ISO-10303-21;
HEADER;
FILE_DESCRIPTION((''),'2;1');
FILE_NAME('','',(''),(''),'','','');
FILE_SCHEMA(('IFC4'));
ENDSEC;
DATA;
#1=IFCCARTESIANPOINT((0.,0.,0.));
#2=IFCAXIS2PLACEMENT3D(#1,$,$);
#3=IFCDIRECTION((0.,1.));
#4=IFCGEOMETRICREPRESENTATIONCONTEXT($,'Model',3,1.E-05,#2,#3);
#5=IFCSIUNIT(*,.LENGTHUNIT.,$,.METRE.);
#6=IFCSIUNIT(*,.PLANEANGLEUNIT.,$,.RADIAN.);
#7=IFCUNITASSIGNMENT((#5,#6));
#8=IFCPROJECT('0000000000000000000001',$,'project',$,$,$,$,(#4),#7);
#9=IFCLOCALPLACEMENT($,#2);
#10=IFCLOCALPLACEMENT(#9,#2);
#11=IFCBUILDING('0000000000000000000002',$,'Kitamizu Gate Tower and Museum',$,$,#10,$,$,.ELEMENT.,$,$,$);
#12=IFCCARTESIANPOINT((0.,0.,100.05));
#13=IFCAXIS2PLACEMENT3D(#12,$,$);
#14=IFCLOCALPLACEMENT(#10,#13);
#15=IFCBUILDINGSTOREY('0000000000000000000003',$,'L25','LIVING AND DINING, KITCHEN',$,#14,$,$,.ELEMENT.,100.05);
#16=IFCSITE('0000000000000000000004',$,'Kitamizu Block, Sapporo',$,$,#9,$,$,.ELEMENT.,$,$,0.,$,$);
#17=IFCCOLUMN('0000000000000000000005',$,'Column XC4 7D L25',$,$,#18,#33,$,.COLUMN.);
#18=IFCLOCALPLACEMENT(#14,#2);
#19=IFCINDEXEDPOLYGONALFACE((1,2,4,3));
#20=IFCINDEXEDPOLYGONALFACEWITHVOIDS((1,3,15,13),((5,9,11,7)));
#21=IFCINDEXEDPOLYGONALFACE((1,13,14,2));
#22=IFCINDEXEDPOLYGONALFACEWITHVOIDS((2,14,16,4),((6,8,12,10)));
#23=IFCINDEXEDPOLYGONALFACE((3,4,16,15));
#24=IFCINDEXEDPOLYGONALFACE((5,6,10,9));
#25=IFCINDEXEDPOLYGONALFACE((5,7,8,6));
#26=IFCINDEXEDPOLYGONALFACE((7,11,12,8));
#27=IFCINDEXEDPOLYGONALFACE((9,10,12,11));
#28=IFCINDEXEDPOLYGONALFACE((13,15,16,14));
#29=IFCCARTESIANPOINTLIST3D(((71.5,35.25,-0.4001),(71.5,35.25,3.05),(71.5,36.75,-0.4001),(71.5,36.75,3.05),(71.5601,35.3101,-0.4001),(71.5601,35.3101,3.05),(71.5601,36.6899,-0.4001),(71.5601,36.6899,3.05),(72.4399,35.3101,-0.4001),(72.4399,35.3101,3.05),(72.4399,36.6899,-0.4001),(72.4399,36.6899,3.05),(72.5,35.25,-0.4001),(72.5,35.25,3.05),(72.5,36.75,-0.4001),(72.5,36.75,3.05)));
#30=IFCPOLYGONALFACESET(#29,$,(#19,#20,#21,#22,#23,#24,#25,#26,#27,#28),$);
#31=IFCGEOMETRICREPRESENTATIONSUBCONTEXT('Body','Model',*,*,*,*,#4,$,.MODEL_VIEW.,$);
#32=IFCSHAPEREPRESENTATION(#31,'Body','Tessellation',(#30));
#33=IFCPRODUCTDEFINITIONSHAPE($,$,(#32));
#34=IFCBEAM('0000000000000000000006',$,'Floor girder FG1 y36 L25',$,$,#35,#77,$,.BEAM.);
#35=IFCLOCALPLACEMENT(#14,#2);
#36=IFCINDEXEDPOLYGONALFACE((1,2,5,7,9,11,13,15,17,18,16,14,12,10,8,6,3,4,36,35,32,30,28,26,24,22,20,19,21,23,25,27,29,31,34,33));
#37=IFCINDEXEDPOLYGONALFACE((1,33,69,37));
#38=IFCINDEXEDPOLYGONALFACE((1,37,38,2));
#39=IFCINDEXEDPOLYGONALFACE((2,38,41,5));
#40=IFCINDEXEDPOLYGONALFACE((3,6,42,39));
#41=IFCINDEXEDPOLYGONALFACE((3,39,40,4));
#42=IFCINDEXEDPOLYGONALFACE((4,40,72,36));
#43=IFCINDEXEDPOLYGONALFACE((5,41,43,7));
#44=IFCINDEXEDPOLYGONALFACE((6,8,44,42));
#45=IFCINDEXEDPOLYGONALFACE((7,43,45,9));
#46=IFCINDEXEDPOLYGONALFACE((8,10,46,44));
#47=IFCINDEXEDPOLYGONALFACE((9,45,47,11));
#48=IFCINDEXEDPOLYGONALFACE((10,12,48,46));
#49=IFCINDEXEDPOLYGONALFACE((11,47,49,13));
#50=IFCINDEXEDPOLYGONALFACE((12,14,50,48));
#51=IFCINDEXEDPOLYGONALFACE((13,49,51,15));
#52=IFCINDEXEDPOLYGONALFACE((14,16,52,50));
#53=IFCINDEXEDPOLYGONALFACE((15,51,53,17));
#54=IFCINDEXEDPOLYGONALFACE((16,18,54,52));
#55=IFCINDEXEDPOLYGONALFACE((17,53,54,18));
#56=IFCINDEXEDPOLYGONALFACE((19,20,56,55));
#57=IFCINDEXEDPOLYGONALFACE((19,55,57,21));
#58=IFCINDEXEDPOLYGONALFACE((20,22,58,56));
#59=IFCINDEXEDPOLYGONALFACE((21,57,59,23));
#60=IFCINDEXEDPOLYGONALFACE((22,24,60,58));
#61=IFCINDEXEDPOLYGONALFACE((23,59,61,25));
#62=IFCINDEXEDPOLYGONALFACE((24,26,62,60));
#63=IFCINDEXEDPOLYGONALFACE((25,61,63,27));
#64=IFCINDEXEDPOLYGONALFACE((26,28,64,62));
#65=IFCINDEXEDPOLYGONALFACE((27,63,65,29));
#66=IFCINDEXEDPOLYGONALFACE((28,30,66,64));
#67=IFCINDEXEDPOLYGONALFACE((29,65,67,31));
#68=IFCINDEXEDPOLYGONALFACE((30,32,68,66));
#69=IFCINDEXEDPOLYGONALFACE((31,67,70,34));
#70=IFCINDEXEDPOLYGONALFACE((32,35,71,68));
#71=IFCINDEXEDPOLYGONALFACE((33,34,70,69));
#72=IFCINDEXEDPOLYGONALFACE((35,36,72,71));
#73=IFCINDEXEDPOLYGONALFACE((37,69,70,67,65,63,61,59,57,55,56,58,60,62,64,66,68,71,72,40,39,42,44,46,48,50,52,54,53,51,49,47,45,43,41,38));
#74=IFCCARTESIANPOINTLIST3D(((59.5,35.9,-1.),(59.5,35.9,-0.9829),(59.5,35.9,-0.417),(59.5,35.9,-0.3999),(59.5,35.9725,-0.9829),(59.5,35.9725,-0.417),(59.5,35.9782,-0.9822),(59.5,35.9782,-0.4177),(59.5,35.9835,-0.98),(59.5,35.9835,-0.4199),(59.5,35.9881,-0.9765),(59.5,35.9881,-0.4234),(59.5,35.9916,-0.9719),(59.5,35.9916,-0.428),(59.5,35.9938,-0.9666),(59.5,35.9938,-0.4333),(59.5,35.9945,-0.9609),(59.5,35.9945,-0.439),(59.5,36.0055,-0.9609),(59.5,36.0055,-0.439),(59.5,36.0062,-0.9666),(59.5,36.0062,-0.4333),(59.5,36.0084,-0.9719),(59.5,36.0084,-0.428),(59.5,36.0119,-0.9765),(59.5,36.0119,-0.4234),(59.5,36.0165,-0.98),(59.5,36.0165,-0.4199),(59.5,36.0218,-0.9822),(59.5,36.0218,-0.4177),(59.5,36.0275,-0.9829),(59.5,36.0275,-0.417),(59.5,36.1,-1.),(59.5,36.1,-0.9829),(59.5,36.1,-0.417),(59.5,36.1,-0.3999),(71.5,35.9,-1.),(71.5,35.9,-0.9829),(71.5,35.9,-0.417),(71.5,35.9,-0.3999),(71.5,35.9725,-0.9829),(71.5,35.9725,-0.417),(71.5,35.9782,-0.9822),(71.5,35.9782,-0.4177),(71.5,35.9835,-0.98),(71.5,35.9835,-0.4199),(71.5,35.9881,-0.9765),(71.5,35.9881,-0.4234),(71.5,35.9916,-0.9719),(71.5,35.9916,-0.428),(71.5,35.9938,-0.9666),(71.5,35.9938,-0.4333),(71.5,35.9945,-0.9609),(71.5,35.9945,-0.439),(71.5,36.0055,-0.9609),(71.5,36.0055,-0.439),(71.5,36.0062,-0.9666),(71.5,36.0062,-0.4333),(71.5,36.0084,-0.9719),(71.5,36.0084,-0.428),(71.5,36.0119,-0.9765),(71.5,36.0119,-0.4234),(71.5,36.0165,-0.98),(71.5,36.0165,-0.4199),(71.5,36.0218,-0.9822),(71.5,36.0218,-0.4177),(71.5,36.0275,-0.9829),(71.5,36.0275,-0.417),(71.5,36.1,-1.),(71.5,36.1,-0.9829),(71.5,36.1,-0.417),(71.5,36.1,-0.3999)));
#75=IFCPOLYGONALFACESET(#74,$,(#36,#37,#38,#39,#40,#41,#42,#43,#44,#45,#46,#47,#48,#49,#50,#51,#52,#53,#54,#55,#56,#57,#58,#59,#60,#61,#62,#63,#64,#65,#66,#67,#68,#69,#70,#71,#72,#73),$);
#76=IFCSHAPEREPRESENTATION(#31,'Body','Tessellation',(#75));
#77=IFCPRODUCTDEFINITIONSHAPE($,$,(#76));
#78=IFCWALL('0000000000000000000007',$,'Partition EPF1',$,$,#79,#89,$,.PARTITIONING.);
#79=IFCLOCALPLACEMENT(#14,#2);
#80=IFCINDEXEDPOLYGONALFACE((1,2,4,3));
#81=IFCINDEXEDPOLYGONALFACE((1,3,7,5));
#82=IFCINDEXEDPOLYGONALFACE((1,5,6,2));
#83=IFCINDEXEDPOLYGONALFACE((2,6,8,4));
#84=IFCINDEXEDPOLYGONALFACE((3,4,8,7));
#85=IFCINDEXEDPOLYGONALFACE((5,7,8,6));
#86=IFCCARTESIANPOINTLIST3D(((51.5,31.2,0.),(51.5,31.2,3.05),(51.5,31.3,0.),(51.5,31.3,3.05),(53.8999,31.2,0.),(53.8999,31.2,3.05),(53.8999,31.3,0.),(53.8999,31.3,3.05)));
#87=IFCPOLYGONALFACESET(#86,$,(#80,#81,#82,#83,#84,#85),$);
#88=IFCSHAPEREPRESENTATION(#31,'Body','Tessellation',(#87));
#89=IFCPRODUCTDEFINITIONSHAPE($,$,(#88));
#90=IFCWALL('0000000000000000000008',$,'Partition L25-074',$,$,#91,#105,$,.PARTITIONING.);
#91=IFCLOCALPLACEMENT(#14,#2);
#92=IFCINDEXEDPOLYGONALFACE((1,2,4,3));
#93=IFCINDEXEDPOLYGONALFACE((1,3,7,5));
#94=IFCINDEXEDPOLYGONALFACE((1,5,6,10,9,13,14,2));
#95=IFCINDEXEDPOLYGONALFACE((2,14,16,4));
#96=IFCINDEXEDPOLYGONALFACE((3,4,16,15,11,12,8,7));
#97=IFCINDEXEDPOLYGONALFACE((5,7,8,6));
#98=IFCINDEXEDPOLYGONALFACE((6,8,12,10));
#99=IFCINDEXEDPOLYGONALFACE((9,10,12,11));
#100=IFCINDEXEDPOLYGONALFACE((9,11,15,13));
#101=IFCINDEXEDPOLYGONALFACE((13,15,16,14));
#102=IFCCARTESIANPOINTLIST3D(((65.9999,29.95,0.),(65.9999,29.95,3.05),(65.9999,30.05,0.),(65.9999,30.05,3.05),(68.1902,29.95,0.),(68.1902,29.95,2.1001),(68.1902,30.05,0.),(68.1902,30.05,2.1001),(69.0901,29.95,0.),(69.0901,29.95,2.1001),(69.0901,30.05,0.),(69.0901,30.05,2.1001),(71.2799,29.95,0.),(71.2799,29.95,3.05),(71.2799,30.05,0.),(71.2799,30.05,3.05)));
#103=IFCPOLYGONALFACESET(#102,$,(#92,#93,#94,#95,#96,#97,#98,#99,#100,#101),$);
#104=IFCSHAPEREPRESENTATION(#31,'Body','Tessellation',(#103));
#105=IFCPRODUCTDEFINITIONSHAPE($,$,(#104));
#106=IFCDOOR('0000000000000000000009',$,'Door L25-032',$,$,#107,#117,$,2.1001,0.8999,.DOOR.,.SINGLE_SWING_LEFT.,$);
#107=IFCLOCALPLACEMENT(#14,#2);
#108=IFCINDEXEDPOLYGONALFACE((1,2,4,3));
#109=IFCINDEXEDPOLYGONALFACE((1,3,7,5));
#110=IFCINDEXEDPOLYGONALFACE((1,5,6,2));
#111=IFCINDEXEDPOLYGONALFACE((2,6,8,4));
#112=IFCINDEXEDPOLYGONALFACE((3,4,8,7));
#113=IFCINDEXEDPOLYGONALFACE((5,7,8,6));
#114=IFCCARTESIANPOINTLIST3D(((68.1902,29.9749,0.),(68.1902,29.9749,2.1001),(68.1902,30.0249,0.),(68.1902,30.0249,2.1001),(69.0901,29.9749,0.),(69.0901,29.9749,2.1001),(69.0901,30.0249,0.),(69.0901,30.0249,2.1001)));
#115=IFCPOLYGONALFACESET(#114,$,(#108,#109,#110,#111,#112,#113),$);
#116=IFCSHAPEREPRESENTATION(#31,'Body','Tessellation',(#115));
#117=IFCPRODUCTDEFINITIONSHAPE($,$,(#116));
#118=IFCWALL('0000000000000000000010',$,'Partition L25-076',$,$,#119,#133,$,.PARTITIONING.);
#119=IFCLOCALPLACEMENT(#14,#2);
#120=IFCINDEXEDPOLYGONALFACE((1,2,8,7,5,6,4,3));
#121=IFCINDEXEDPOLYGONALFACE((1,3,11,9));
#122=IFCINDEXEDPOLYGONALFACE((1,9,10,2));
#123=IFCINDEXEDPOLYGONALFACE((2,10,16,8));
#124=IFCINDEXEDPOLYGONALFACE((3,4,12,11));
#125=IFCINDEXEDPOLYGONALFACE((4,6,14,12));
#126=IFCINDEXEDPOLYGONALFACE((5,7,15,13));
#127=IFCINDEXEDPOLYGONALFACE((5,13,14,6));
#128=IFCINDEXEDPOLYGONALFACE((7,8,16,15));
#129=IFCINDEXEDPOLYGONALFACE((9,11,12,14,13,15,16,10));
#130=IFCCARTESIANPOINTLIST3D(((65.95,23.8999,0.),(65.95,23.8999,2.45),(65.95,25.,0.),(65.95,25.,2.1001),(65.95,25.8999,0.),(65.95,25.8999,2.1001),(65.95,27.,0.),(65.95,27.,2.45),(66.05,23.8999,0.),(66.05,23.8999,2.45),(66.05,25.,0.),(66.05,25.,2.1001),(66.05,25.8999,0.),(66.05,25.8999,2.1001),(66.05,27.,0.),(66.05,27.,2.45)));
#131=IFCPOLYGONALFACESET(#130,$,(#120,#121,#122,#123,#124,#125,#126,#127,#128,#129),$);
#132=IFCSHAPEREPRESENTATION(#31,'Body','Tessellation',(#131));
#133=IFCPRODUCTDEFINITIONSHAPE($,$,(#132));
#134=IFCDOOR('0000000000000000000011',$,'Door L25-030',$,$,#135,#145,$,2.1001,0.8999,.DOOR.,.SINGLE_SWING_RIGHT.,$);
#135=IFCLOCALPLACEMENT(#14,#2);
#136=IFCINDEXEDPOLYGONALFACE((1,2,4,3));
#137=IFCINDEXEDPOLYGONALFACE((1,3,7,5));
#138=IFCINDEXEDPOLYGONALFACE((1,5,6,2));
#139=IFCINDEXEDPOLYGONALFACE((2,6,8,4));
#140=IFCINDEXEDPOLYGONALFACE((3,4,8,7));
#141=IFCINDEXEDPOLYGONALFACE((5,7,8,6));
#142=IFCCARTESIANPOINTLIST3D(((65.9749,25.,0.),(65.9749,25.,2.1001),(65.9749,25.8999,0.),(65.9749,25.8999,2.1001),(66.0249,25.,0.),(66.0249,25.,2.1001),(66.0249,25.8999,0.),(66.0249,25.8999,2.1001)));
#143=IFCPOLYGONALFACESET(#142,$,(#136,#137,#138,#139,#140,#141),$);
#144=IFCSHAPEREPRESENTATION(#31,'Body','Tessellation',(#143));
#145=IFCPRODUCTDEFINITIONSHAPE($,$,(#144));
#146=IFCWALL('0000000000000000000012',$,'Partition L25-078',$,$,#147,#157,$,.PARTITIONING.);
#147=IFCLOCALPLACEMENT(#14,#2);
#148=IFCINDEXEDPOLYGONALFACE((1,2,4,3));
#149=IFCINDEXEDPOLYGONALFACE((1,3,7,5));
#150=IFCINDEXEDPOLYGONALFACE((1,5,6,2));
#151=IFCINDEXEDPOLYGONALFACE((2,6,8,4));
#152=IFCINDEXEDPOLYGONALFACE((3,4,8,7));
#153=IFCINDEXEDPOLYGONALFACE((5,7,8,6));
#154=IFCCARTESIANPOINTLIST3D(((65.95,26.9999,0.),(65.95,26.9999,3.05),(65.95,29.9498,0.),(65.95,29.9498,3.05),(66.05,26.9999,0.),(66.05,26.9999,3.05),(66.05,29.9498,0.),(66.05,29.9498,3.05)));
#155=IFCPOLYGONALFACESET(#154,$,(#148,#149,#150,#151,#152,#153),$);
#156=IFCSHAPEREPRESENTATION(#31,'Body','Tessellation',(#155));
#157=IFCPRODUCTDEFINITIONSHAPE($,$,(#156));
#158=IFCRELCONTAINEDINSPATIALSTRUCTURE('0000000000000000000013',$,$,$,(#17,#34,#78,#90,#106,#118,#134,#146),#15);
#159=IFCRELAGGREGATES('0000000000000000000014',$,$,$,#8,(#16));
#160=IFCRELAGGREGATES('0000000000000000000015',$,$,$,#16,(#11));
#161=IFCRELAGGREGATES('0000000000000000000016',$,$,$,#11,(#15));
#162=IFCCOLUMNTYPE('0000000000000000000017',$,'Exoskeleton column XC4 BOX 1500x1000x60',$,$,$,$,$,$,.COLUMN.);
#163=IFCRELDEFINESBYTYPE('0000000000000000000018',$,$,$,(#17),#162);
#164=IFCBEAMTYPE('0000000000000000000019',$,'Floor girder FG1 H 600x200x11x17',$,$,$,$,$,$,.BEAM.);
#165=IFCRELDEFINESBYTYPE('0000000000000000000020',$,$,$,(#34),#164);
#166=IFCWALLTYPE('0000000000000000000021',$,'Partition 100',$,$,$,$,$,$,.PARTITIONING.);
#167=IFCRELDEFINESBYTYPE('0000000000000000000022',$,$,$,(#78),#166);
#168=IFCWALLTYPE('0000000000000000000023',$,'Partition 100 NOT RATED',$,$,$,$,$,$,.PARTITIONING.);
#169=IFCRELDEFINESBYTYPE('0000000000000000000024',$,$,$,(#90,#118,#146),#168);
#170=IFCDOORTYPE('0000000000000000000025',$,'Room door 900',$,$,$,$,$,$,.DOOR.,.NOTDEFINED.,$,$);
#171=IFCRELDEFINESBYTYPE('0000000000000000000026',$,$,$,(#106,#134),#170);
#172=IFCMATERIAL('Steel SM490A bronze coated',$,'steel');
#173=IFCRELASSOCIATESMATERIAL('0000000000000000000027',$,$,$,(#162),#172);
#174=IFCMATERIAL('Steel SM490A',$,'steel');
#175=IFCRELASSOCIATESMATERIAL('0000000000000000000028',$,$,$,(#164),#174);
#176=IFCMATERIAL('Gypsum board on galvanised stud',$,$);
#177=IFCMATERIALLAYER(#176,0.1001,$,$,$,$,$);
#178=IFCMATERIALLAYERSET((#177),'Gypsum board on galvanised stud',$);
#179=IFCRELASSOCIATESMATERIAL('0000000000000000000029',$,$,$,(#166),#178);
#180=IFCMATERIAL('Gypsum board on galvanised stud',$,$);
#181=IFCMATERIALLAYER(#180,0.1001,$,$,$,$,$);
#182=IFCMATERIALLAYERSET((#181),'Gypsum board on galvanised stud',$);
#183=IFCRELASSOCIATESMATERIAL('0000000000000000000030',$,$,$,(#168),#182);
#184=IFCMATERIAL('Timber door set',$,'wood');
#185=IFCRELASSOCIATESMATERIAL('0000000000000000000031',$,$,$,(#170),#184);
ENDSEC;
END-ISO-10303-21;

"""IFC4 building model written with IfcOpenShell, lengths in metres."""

from ifc_helpers import new_model, si_unit, direction, frame, frame_2d, origin, origin_2d, place, context, subcontext, project, spatial, rectangle, hollow_rectangle, i_section, extrude, material, layer, layer_set, material_profile, profile_set, type_object, element, fill, save


model = new_model("IFC4")

# Units and contexts
model_context = context("Model", 3, precision=1e-05, world=origin(), true_north=direction((0.0, 1.0)))
body_context = subcontext(model_context, "Body", "Model", "MODEL_VIEW")
ifc_project = project(units=[si_unit("LENGTHUNIT", "METRE"), si_unit("PLANEANGLEUNIT", "RADIAN")], contexts=[model_context])

# Site, building, storey
site_placement = place(None, origin())
site = spatial("IfcSite", under=ifc_project, at=site_placement, Name="Kitamizu Block, Sapporo", CompositionType="ELEMENT", RefElevation=0.0)
building_placement = place(site_placement, origin())
building = spatial("IfcBuilding", under=site, at=building_placement, Name="Kitamizu Gate Tower and Museum", CompositionType="ELEMENT")
storey_placement = place(building_placement, frame((0.0, 0.0, 100.05)))
storey = spatial("IfcBuildingStorey", under=building, at=storey_placement, Name="L25", Description="LIVING AND DINING, KITCHEN", CompositionType="ELEMENT", Elevation=100.05)

# Column
ifc_material_1 = material(Name="Steel SM490A bronze coated", Category="steel")
ifc_material_profile_1 = material_profile(ifc_material_1, hollow_rectangle(XDim=1.5, YDim=1.0, WallThickness=0.0601, at=origin_2d()), Name="BOX 1500x1000x60")
ifc_profile_set_1 = profile_set([ifc_material_profile_1], Name="Steel SM490A bronze coated")
column_type = type_object("IfcColumnType", Name="Exoskeleton column XC4 BOX 1500x1000x60", PredefinedType="COLUMN", material=ifc_profile_set_1)
column_placement = place(storey_placement, frame((72.0, 36.0, -0.4001), z_axis=(0.0, 0.0, 1.0), x_axis=(0.0, 1.0, 0.0)))
element("IfcColumn", 1, at=column_placement, inside=storey, type_object=column_type, Name="Column XC4 7D L25", PredefinedType="COLUMN", context=body_context, shape_type="SweptSolid", body=[
    extrude(hollow_rectangle(XDim=1.5, YDim=1.0, WallThickness=0.0601, at=origin_2d()), origin(), (0.0, 0.0, 1.0), 3.4502),
])

# Beam
ifc_material_2 = material(Name="Steel SM490A", Category="steel")
ifc_material_profile_2 = material_profile(ifc_material_2, i_section(OverallWidth=0.2, OverallDepth=0.6001, WebThickness=0.011, FlangeThickness=0.0171, FilletRadius=0.022, at=origin_2d()), Name="H-600x200x11x17")
ifc_profile_set_2 = profile_set([ifc_material_profile_2], Name="Steel SM490A")
beam_type = type_object("IfcBeamType", Name="Floor girder FG1 H 600x200x11x17", PredefinedType="BEAM", material=ifc_profile_set_2)
beam_placement = place(storey_placement, frame((59.5, 36.0, -0.7), z_axis=(1.0, 0.0, 0.0), x_axis=(0.0, 1.0, 0.0)))
element("IfcBeam", 2, at=beam_placement, inside=storey, type_object=beam_type, Name="Floor girder FG1 y36 L25", PredefinedType="BEAM", context=body_context, shape_type="SweptSolid", body=[
    extrude(i_section(OverallWidth=0.2, OverallDepth=0.6001, WebThickness=0.011, FlangeThickness=0.0171, FilletRadius=0.022, at=origin_2d()), origin(), (0.0, 0.0, 1.0), 12.0),
])

# Wall
ifc_material_3 = material(Name="Gypsum board on galvanised stud")
ifc_layer_1 = layer(ifc_material_3, 0.1001)
ifc_layer_set_1 = layer_set([ifc_layer_1], Name="Gypsum board on galvanised stud")
wall_type_1 = type_object("IfcWallType", Name="Partition 100", PredefinedType="PARTITIONING", material=ifc_layer_set_1)
wall_1_placement = place(storey_placement, frame((53.8999, 31.25, 0.0), z_axis=(0.0, 0.0, 1.0), x_axis=(-1.0, 0.0, 0.0)))
element("IfcWall", 3, at=wall_1_placement, inside=storey, type_object=wall_type_1, Name="Partition EPF1", PredefinedType="PARTITIONING", context=body_context, shape_type="SweptSolid", body=[
    extrude(rectangle(XDim=2.3999, YDim=0.1001, at=frame_2d((1.2, 0.0))), origin(), (0.0, 0.0, 1.0), 3.05),
])

# Walls, openings, doors
ifc_material_4 = material(Name="Gypsum board on galvanised stud")
ifc_layer_2 = layer(ifc_material_4, 0.1001)
ifc_layer_set_2 = layer_set([ifc_layer_2], Name="Gypsum board on galvanised stud")
wall_type_2 = type_object("IfcWallType", Name="Partition 100 NOT RATED", PredefinedType="PARTITIONING", material=ifc_layer_set_2)
wall_2_placement = place(storey_placement, frame((71.28, 30.0, 0.0), z_axis=(0.0, 0.0, 1.0), x_axis=(-1.0, 0.0, 0.0)))
wall_2 = element("IfcWall", 4, at=wall_2_placement, inside=storey, type_object=wall_type_2, Name="Partition L25-074", PredefinedType="PARTITIONING", context=body_context, shape_type="SweptSolid", body=[
    extrude(rectangle(XDim=5.28, YDim=0.1001, at=frame_2d((2.6401, 0.0))), origin(), (0.0, 0.0, 1.0), 3.05),
])
opening_1_placement = place(wall_2_placement, frame((2.1899, 0.0, 0.0)))
opening_1 = element("IfcOpeningElement", 5, at=opening_1_placement, cuts=wall_2, PredefinedType="OPENING", context=body_context, shape_type="SweptSolid", body=[
    extrude(rectangle(XDim=0.8999, YDim=2.1001, at=frame_2d((0.45, 1.05))), frame((0.0, 0.0601, 0.0), z_axis=(0.0, -1.0, 0.0), x_axis=(1.0, 0.0, 0.0)), (0.0, 0.0, 1.0), 0.1201),
])
ifc_material_5 = material(Name="Timber door set", Category="wood")
door_type_1 = type_object("IfcDoorType", Name="Room door 900", OperationType="NOTDEFINED", PredefinedType="DOOR", material=ifc_material_5)
door_1_placement = place(opening_1_placement, frame((0.8999, 0.0, 0.0), x_axis=(-1.0, 0.0, 0.0)))
door_1 = element("IfcDoor", 6, at=door_1_placement, inside=storey, type_object=door_type_1, Name="Door L25-032", OperationType="SINGLE_SWING_LEFT", OverallHeight=2.1001, OverallWidth=0.8999, PredefinedType="DOOR", context=body_context, shape_type="SweptSolid", body=[
    extrude(rectangle(XDim=0.8999, YDim=2.1001, at=frame_2d((0.45, 1.05))), frame((0.0, 0.0249, 0.0), z_axis=(0.0, -1.0, 0.0), x_axis=(1.0, 0.0, 0.0)), (0.0, 0.0, 1.0), 0.05),
])
fill(opening_1, door_1)
wall_3_placement = place(storey_placement, frame((66.0, 27.0, 0.0), z_axis=(0.0, 0.0, 1.0), x_axis=(0.0, -1.0, 0.0)))
wall_3 = element("IfcWall", 7, at=wall_3_placement, inside=storey, type_object=wall_type_2, Name="Partition L25-076", PredefinedType="PARTITIONING", context=body_context, shape_type="SweptSolid", body=[
    extrude(rectangle(XDim=3.1001, YDim=0.1001, at=frame_2d((1.55, 0.0))), origin(), (0.0, 0.0, 1.0), 2.45),
])
opening_2_placement = place(wall_3_placement, frame((1.1001, 0.0, 0.0)))
opening_2 = element("IfcOpeningElement", 8, at=opening_2_placement, cuts=wall_3, PredefinedType="OPENING", context=body_context, shape_type="SweptSolid", body=[
    extrude(rectangle(XDim=0.8999, YDim=2.1001, at=frame_2d((0.45, 1.05))), frame((0.0, 0.0601, 0.0), z_axis=(0.0, -1.0, 0.0), x_axis=(1.0, 0.0, 0.0)), (0.0, 0.0, 1.0), 0.1201),
])
door_2_placement = place(opening_2_placement, origin())
door_2 = element("IfcDoor", 9, at=door_2_placement, inside=storey, type_object=door_type_1, Name="Door L25-030", OperationType="SINGLE_SWING_RIGHT", OverallHeight=2.1001, OverallWidth=0.8999, PredefinedType="DOOR", context=body_context, shape_type="SweptSolid", body=[
    extrude(rectangle(XDim=0.8999, YDim=2.1001, at=frame_2d((0.45, 1.05))), frame((0.0, 0.0249, 0.0), z_axis=(0.0, -1.0, 0.0), x_axis=(1.0, 0.0, 0.0)), (0.0, 0.0, 1.0), 0.05),
])
fill(opening_2, door_2)

# Wall
wall_4_placement = place(storey_placement, frame((66.0, 29.95, 0.0), z_axis=(0.0, 0.0, 1.0), x_axis=(0.0, -1.0, 0.0)))
element("IfcWall", 10, at=wall_4_placement, inside=storey, type_object=wall_type_2, Name="Partition L25-078", PredefinedType="PARTITIONING", context=body_context, shape_type="SweptSolid", body=[
    extrude(rectangle(XDim=2.95, YDim=0.1001, at=frame_2d((1.4751, 0.0))), origin(), (0.0, 0.0, 1.0), 3.05),
])

save(model, "model.ifc")
